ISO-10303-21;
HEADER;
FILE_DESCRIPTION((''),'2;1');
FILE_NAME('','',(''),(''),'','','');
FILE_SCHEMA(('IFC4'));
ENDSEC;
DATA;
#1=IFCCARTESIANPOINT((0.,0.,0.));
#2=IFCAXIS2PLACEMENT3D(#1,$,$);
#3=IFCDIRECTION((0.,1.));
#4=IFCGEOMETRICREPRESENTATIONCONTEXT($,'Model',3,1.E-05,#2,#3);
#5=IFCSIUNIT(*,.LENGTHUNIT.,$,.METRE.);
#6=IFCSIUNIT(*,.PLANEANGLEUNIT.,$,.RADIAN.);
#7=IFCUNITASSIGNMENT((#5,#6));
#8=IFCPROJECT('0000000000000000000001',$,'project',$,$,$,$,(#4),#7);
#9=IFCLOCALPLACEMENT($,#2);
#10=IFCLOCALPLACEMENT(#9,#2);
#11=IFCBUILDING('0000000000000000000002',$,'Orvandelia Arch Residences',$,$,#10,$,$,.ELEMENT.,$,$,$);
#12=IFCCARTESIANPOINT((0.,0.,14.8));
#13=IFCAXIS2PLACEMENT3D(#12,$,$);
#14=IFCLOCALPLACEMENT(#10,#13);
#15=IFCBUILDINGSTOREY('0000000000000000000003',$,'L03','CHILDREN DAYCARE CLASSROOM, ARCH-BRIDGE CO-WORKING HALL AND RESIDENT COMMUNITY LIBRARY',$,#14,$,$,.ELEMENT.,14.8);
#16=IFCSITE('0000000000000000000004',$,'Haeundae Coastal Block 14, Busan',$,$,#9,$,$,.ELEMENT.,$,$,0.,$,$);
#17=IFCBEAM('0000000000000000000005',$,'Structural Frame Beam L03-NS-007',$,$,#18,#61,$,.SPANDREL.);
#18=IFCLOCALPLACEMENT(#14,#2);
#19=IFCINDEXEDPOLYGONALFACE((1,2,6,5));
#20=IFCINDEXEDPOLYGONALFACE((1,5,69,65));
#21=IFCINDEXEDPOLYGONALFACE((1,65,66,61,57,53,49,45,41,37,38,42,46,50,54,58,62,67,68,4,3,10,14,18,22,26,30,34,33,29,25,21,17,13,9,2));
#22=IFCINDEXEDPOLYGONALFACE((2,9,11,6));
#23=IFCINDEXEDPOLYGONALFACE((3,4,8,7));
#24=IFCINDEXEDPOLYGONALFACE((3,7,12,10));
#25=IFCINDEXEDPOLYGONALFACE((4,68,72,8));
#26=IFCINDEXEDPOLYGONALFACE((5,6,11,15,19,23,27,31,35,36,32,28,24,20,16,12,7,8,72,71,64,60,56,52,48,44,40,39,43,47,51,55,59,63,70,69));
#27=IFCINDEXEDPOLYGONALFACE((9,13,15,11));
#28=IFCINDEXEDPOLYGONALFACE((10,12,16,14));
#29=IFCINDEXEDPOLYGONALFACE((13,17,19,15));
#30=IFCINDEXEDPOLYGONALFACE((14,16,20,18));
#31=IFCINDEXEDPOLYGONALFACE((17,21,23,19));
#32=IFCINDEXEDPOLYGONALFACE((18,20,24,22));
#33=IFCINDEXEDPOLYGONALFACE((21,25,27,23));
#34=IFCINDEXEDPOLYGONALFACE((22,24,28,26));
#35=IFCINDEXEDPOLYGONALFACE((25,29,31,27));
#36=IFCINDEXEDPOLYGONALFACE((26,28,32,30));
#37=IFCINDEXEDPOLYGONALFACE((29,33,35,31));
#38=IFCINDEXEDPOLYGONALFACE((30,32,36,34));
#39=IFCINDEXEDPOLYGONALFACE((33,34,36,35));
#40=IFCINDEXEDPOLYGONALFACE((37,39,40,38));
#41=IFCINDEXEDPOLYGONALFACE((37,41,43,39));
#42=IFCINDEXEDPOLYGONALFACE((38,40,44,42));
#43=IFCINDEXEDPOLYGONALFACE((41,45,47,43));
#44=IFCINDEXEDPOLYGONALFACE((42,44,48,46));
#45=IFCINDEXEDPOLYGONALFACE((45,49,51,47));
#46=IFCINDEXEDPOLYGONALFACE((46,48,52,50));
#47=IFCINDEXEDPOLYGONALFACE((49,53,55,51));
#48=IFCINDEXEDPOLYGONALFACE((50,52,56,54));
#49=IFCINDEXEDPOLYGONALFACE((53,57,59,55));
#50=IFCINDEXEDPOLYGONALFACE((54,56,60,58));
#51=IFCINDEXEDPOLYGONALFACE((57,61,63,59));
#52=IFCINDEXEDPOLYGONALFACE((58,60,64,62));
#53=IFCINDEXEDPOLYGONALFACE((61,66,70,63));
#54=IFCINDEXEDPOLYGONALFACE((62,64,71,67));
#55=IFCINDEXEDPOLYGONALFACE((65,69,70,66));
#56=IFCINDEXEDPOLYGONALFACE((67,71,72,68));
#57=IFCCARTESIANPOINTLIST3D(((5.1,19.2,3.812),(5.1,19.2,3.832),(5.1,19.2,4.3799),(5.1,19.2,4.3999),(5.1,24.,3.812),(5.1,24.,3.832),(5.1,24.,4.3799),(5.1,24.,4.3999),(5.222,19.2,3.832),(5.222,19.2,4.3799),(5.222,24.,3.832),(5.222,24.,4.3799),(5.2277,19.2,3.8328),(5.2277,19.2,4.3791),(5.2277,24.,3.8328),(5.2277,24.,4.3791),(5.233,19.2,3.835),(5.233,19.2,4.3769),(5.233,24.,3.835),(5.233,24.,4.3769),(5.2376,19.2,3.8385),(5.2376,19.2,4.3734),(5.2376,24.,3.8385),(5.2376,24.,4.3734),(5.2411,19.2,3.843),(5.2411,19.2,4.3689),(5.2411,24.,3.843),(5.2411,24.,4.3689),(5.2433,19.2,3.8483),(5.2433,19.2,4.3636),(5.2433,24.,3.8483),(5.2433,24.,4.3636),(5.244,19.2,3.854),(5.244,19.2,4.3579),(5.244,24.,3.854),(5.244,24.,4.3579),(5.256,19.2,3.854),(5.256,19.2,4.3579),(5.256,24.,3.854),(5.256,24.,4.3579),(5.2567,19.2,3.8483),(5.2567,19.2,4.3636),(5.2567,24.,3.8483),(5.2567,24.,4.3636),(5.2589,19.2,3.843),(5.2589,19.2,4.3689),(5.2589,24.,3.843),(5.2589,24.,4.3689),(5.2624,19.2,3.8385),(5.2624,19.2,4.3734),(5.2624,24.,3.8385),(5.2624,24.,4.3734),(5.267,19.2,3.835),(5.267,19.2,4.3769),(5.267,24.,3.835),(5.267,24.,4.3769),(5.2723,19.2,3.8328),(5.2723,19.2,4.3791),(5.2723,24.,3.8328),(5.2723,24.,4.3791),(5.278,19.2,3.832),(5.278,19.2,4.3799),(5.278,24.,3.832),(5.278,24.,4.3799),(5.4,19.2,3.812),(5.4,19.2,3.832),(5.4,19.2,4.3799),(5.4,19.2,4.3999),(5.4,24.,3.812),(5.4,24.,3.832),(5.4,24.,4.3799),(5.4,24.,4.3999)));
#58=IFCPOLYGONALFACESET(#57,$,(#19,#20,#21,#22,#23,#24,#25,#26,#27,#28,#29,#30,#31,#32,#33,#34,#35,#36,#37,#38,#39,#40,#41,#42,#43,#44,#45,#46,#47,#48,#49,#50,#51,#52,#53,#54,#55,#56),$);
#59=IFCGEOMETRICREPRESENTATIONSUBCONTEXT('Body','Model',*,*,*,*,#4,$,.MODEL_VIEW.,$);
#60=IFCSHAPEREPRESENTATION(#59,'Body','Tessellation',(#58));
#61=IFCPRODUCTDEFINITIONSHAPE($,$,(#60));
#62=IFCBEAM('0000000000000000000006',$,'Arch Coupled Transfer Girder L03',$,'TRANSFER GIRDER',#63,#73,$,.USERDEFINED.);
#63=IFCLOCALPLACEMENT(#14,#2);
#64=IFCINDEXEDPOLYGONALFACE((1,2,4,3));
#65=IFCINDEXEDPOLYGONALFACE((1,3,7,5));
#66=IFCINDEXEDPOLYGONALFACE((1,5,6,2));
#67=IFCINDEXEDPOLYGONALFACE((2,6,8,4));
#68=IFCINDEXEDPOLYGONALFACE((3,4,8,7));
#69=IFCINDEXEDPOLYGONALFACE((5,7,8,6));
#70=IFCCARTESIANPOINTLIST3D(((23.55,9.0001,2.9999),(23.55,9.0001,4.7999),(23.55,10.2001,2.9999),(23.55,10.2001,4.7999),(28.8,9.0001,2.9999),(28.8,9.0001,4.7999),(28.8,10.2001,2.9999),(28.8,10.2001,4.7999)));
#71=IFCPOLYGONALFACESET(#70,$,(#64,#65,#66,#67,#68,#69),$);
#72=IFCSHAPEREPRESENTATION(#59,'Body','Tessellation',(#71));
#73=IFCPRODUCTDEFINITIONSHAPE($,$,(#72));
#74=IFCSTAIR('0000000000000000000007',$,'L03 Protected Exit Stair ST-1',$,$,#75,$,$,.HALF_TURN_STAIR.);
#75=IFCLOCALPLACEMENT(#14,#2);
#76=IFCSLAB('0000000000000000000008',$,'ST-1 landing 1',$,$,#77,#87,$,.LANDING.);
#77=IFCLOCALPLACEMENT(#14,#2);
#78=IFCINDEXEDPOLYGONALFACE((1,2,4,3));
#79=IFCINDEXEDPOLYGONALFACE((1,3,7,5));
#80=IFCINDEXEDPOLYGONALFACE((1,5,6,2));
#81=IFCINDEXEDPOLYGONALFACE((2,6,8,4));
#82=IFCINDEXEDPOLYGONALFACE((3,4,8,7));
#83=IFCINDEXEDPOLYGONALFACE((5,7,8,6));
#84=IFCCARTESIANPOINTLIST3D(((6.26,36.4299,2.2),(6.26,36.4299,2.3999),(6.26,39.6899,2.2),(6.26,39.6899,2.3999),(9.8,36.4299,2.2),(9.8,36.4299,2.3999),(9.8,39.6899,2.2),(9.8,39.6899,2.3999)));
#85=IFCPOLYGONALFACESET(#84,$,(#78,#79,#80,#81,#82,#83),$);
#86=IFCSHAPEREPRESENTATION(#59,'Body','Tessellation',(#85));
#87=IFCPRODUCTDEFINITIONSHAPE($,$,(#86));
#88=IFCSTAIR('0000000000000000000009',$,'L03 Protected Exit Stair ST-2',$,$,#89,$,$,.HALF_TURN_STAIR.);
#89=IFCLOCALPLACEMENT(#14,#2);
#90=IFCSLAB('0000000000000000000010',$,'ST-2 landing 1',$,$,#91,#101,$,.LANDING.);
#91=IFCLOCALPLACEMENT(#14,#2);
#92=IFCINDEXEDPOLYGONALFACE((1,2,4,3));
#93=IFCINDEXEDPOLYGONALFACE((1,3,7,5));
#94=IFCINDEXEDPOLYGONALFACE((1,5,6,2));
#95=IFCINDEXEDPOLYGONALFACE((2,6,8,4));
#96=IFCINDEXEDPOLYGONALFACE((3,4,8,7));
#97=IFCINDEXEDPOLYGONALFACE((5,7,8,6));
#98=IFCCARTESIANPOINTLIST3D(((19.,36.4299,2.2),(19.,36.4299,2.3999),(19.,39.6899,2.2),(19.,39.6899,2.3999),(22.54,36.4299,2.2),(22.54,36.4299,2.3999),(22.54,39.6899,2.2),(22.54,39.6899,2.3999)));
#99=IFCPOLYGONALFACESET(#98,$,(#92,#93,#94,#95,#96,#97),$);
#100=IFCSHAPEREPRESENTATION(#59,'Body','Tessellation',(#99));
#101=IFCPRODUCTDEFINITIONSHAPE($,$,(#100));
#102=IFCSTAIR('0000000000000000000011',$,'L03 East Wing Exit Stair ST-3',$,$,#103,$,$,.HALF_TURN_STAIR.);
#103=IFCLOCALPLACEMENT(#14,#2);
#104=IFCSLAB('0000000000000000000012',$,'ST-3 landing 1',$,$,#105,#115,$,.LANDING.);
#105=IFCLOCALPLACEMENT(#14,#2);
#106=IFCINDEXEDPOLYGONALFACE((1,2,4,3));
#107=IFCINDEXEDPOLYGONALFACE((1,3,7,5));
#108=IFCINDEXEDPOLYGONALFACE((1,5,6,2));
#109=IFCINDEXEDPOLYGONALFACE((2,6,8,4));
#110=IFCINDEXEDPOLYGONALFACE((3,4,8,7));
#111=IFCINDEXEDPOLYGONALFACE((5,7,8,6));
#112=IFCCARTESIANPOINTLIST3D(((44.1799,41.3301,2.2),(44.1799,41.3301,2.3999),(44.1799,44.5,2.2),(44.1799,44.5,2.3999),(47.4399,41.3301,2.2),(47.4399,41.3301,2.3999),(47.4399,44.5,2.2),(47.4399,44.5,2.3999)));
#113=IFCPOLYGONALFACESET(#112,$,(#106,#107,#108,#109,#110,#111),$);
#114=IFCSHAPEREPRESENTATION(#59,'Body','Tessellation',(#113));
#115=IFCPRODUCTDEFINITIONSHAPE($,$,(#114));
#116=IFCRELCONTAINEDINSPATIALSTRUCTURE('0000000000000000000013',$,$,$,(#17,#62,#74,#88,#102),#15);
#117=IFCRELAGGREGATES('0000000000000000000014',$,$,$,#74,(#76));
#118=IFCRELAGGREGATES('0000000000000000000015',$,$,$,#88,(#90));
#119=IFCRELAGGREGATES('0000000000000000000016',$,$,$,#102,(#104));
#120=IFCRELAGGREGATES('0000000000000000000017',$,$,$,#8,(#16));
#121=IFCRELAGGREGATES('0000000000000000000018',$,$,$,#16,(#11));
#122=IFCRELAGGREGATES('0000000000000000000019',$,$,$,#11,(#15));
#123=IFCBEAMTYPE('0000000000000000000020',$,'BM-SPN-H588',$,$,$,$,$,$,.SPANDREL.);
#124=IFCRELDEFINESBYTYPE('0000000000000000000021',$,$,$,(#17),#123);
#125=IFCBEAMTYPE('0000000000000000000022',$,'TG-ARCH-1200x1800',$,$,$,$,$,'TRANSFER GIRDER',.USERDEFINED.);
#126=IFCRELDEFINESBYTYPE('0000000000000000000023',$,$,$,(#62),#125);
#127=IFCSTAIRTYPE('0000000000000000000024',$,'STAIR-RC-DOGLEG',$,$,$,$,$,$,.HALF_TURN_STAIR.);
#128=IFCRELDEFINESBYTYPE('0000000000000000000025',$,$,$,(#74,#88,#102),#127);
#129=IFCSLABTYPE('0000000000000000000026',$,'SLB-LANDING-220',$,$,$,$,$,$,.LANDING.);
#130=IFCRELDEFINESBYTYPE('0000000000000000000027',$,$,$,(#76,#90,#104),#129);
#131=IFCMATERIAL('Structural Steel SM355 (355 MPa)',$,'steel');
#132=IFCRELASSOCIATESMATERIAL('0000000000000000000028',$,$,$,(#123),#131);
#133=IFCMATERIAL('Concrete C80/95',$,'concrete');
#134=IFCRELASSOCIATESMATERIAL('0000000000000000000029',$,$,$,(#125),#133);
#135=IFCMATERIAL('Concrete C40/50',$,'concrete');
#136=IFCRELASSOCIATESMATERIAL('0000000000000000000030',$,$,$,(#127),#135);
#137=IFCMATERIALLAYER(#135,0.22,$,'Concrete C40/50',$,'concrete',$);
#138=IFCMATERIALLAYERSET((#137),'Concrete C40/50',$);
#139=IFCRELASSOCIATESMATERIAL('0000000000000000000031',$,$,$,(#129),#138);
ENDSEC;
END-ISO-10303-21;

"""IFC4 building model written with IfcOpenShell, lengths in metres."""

from ifc_helpers import new_model, si_unit, direction, frame, origin, origin_2d, place, context, subcontext, project, spatial, polyline, rectangle, i_section, outline, extrude, material, layer, layer_set, material_profile, profile_set, type_object, element, aggregate, save


model = new_model("IFC4")

# Units and contexts
model_context = context("Model", 3, precision=1e-05, world=origin(), true_north=direction((0.0, 1.0)))
body_context = subcontext(model_context, "Body", "Model", "MODEL_VIEW")
ifc_project = project(units=[si_unit("LENGTHUNIT", "METRE"), si_unit("PLANEANGLEUNIT", "RADIAN")], contexts=[model_context])

# Site, building, storey
site_placement = place(None, origin())
site = spatial("IfcSite", under=ifc_project, at=site_placement, Name="Haeundae Coastal Block 14, Busan", CompositionType="ELEMENT", RefElevation=0.0)
building_placement = place(site_placement, origin())
building = spatial("IfcBuilding", under=site, at=building_placement, Name="Orvandelia Arch Residences", CompositionType="ELEMENT")
storey_placement = place(building_placement, frame((0.0, 0.0, 14.8)))
storey = spatial("IfcBuildingStorey", under=building, at=storey_placement, Name="L03", Description="CHILDREN DAYCARE CLASSROOM, ARCH-BRIDGE CO-WORKING HALL AND RESIDENT COMMUNITY LIBRARY", CompositionType="ELEMENT", Elevation=14.8)

# Shared definitions
ifc_material_1 = material(Name="Concrete C80/95", Category="concrete")

# Beams
ifc_material_2 = material(Name="Structural Steel SM355 (355 MPa)", Category="steel")
ifc_material_profile_1 = material_profile(ifc_material_2, i_section(OverallWidth=0.3, OverallDepth=0.5879, WebThickness=0.012, FlangeThickness=0.02, FilletRadius=0.022, at=origin_2d()), Name="Structural Steel SM355 (355 MPa)", Category="steel")
ifc_profile_set_1 = profile_set([ifc_material_profile_1], Name="Structural Steel SM355 (355 MPa)")
beam_type_1 = type_object("IfcBeamType", Name="BM-SPN-H588", PredefinedType="SPANDREL", material=ifc_profile_set_1)
for number, where, z_axis, x_axis, name in (
    (1, (5.25, 19.2, 4.106), (0.0, 1.0, 0.0), (-1.0, 0.0, 0.0), "Structural Frame Beam L03-NS-007"),
):
    element("IfcBeam", number, at=place(storey_placement, frame(where, z_axis=z_axis, x_axis=x_axis)), inside=storey, type_object=beam_type_1, Name=name, PredefinedType="SPANDREL", context=body_context, shape_type="SweptSolid", body=[
        extrude(i_section(OverallWidth=0.3, OverallDepth=0.5879, WebThickness=0.012, FlangeThickness=0.02, FilletRadius=0.022, at=origin_2d()), origin(), (0.0, 0.0, 1.0), 4.8),
    ])
ifc_material_profile_2 = material_profile(ifc_material_1, rectangle(XDim=1.2, YDim=1.8, at=origin_2d()), Name="Concrete C80/95", Category="concrete")
ifc_profile_set_2 = profile_set([ifc_material_profile_2], Name="Concrete C80/95")
beam_type_2 = type_object("IfcBeamType", Name="TG-ARCH-1200x1800", ElementType="TRANSFER GIRDER", PredefinedType="USERDEFINED", material=ifc_profile_set_2)
beam_1_placement = place(storey_placement, frame((23.55, 9.6001, 3.8999), z_axis=(1.0, 0.0, 0.0), x_axis=(0.0, 1.0, 0.0)))
element("IfcBeam", 2, at=beam_1_placement, inside=storey, type_object=beam_type_2, Name="Arch Coupled Transfer Girder L03", ObjectType="TRANSFER GIRDER", PredefinedType="USERDEFINED", context=body_context, shape_type="SweptSolid", body=[
    extrude(rectangle(XDim=1.2, YDim=1.8, at=origin_2d()), origin(), (0.0, 0.0, 1.0), 5.25),
])

# Stairs, slabs
ifc_material_3 = material(Name="Concrete C40/50", Category="concrete")
stair_type = type_object("IfcStairType", Name="STAIR-RC-DOGLEG", PredefinedType="HALF_TURN_STAIR", material=ifc_material_3)
stair_1_placement = place(storey_placement, origin())
stair_1 = element("IfcStair", 3, at=stair_1_placement, inside=storey, type_object=stair_type, Name="L03 Protected Exit Stair ST-1", PredefinedType="HALF_TURN_STAIR")
ifc_layer_1 = layer(ifc_material_3, 0.22, Name="Concrete C40/50", Category="concrete")
ifc_layer_set_1 = layer_set([ifc_layer_1], Name="Concrete C40/50")
slab_type_1 = type_object("IfcSlabType", Name="SLB-LANDING-220", PredefinedType="LANDING", material=ifc_layer_set_1)
slab_1_placement = place(storey_placement, frame((0.0, 0.0, 2.2)))
slab_1 = element("IfcSlab", 4, at=slab_1_placement, type_object=slab_type_1, Name="ST-1 landing 1", PredefinedType="LANDING", context=body_context, shape_type="SweptSolid", body=[
    extrude(outline(polyline([(9.8, 36.4299), (9.8, 39.6899), (6.26, 39.6899), (6.26, 36.4299), (9.8, 36.4299)])), origin(), (0.0, 0.0, 1.0), 0.2),
])
aggregate(stair_1, [slab_1])
stair_2_placement = place(storey_placement, origin())
stair_2 = element("IfcStair", 5, at=stair_2_placement, inside=storey, type_object=stair_type, Name="L03 Protected Exit Stair ST-2", PredefinedType="HALF_TURN_STAIR")
slab_2_placement = place(storey_placement, frame((0.0, 0.0, 2.2)))
slab_2 = element("IfcSlab", 6, at=slab_2_placement, type_object=slab_type_1, Name="ST-2 landing 1", PredefinedType="LANDING", context=body_context, shape_type="SweptSolid", body=[
    extrude(outline(polyline([(22.54, 36.4299), (22.54, 39.6899), (19.0, 39.6899), (19.0, 36.4299), (22.54, 36.4299)])), origin(), (0.0, 0.0, 1.0), 0.2),
])
aggregate(stair_2, [slab_2])
stair_3_placement = place(storey_placement, origin())
stair_3 = element("IfcStair", 7, at=stair_3_placement, inside=storey, type_object=stair_type, Name="L03 East Wing Exit Stair ST-3", PredefinedType="HALF_TURN_STAIR")
slab_3_placement = place(storey_placement, frame((0.0, 0.0, 2.2)))
slab_3 = element("IfcSlab", 8, at=slab_3_placement, type_object=slab_type_1, Name="ST-3 landing 1", PredefinedType="LANDING", context=body_context, shape_type="SweptSolid", body=[
    extrude(outline(polyline([(47.4399, 41.3301), (47.4399, 44.5), (44.1799, 44.5), (44.1799, 41.3301), (47.4399, 41.3301)])), origin(), (0.0, 0.0, 1.0), 0.2),
])
aggregate(stair_3, [slab_3])

save(model, "model.ifc")
